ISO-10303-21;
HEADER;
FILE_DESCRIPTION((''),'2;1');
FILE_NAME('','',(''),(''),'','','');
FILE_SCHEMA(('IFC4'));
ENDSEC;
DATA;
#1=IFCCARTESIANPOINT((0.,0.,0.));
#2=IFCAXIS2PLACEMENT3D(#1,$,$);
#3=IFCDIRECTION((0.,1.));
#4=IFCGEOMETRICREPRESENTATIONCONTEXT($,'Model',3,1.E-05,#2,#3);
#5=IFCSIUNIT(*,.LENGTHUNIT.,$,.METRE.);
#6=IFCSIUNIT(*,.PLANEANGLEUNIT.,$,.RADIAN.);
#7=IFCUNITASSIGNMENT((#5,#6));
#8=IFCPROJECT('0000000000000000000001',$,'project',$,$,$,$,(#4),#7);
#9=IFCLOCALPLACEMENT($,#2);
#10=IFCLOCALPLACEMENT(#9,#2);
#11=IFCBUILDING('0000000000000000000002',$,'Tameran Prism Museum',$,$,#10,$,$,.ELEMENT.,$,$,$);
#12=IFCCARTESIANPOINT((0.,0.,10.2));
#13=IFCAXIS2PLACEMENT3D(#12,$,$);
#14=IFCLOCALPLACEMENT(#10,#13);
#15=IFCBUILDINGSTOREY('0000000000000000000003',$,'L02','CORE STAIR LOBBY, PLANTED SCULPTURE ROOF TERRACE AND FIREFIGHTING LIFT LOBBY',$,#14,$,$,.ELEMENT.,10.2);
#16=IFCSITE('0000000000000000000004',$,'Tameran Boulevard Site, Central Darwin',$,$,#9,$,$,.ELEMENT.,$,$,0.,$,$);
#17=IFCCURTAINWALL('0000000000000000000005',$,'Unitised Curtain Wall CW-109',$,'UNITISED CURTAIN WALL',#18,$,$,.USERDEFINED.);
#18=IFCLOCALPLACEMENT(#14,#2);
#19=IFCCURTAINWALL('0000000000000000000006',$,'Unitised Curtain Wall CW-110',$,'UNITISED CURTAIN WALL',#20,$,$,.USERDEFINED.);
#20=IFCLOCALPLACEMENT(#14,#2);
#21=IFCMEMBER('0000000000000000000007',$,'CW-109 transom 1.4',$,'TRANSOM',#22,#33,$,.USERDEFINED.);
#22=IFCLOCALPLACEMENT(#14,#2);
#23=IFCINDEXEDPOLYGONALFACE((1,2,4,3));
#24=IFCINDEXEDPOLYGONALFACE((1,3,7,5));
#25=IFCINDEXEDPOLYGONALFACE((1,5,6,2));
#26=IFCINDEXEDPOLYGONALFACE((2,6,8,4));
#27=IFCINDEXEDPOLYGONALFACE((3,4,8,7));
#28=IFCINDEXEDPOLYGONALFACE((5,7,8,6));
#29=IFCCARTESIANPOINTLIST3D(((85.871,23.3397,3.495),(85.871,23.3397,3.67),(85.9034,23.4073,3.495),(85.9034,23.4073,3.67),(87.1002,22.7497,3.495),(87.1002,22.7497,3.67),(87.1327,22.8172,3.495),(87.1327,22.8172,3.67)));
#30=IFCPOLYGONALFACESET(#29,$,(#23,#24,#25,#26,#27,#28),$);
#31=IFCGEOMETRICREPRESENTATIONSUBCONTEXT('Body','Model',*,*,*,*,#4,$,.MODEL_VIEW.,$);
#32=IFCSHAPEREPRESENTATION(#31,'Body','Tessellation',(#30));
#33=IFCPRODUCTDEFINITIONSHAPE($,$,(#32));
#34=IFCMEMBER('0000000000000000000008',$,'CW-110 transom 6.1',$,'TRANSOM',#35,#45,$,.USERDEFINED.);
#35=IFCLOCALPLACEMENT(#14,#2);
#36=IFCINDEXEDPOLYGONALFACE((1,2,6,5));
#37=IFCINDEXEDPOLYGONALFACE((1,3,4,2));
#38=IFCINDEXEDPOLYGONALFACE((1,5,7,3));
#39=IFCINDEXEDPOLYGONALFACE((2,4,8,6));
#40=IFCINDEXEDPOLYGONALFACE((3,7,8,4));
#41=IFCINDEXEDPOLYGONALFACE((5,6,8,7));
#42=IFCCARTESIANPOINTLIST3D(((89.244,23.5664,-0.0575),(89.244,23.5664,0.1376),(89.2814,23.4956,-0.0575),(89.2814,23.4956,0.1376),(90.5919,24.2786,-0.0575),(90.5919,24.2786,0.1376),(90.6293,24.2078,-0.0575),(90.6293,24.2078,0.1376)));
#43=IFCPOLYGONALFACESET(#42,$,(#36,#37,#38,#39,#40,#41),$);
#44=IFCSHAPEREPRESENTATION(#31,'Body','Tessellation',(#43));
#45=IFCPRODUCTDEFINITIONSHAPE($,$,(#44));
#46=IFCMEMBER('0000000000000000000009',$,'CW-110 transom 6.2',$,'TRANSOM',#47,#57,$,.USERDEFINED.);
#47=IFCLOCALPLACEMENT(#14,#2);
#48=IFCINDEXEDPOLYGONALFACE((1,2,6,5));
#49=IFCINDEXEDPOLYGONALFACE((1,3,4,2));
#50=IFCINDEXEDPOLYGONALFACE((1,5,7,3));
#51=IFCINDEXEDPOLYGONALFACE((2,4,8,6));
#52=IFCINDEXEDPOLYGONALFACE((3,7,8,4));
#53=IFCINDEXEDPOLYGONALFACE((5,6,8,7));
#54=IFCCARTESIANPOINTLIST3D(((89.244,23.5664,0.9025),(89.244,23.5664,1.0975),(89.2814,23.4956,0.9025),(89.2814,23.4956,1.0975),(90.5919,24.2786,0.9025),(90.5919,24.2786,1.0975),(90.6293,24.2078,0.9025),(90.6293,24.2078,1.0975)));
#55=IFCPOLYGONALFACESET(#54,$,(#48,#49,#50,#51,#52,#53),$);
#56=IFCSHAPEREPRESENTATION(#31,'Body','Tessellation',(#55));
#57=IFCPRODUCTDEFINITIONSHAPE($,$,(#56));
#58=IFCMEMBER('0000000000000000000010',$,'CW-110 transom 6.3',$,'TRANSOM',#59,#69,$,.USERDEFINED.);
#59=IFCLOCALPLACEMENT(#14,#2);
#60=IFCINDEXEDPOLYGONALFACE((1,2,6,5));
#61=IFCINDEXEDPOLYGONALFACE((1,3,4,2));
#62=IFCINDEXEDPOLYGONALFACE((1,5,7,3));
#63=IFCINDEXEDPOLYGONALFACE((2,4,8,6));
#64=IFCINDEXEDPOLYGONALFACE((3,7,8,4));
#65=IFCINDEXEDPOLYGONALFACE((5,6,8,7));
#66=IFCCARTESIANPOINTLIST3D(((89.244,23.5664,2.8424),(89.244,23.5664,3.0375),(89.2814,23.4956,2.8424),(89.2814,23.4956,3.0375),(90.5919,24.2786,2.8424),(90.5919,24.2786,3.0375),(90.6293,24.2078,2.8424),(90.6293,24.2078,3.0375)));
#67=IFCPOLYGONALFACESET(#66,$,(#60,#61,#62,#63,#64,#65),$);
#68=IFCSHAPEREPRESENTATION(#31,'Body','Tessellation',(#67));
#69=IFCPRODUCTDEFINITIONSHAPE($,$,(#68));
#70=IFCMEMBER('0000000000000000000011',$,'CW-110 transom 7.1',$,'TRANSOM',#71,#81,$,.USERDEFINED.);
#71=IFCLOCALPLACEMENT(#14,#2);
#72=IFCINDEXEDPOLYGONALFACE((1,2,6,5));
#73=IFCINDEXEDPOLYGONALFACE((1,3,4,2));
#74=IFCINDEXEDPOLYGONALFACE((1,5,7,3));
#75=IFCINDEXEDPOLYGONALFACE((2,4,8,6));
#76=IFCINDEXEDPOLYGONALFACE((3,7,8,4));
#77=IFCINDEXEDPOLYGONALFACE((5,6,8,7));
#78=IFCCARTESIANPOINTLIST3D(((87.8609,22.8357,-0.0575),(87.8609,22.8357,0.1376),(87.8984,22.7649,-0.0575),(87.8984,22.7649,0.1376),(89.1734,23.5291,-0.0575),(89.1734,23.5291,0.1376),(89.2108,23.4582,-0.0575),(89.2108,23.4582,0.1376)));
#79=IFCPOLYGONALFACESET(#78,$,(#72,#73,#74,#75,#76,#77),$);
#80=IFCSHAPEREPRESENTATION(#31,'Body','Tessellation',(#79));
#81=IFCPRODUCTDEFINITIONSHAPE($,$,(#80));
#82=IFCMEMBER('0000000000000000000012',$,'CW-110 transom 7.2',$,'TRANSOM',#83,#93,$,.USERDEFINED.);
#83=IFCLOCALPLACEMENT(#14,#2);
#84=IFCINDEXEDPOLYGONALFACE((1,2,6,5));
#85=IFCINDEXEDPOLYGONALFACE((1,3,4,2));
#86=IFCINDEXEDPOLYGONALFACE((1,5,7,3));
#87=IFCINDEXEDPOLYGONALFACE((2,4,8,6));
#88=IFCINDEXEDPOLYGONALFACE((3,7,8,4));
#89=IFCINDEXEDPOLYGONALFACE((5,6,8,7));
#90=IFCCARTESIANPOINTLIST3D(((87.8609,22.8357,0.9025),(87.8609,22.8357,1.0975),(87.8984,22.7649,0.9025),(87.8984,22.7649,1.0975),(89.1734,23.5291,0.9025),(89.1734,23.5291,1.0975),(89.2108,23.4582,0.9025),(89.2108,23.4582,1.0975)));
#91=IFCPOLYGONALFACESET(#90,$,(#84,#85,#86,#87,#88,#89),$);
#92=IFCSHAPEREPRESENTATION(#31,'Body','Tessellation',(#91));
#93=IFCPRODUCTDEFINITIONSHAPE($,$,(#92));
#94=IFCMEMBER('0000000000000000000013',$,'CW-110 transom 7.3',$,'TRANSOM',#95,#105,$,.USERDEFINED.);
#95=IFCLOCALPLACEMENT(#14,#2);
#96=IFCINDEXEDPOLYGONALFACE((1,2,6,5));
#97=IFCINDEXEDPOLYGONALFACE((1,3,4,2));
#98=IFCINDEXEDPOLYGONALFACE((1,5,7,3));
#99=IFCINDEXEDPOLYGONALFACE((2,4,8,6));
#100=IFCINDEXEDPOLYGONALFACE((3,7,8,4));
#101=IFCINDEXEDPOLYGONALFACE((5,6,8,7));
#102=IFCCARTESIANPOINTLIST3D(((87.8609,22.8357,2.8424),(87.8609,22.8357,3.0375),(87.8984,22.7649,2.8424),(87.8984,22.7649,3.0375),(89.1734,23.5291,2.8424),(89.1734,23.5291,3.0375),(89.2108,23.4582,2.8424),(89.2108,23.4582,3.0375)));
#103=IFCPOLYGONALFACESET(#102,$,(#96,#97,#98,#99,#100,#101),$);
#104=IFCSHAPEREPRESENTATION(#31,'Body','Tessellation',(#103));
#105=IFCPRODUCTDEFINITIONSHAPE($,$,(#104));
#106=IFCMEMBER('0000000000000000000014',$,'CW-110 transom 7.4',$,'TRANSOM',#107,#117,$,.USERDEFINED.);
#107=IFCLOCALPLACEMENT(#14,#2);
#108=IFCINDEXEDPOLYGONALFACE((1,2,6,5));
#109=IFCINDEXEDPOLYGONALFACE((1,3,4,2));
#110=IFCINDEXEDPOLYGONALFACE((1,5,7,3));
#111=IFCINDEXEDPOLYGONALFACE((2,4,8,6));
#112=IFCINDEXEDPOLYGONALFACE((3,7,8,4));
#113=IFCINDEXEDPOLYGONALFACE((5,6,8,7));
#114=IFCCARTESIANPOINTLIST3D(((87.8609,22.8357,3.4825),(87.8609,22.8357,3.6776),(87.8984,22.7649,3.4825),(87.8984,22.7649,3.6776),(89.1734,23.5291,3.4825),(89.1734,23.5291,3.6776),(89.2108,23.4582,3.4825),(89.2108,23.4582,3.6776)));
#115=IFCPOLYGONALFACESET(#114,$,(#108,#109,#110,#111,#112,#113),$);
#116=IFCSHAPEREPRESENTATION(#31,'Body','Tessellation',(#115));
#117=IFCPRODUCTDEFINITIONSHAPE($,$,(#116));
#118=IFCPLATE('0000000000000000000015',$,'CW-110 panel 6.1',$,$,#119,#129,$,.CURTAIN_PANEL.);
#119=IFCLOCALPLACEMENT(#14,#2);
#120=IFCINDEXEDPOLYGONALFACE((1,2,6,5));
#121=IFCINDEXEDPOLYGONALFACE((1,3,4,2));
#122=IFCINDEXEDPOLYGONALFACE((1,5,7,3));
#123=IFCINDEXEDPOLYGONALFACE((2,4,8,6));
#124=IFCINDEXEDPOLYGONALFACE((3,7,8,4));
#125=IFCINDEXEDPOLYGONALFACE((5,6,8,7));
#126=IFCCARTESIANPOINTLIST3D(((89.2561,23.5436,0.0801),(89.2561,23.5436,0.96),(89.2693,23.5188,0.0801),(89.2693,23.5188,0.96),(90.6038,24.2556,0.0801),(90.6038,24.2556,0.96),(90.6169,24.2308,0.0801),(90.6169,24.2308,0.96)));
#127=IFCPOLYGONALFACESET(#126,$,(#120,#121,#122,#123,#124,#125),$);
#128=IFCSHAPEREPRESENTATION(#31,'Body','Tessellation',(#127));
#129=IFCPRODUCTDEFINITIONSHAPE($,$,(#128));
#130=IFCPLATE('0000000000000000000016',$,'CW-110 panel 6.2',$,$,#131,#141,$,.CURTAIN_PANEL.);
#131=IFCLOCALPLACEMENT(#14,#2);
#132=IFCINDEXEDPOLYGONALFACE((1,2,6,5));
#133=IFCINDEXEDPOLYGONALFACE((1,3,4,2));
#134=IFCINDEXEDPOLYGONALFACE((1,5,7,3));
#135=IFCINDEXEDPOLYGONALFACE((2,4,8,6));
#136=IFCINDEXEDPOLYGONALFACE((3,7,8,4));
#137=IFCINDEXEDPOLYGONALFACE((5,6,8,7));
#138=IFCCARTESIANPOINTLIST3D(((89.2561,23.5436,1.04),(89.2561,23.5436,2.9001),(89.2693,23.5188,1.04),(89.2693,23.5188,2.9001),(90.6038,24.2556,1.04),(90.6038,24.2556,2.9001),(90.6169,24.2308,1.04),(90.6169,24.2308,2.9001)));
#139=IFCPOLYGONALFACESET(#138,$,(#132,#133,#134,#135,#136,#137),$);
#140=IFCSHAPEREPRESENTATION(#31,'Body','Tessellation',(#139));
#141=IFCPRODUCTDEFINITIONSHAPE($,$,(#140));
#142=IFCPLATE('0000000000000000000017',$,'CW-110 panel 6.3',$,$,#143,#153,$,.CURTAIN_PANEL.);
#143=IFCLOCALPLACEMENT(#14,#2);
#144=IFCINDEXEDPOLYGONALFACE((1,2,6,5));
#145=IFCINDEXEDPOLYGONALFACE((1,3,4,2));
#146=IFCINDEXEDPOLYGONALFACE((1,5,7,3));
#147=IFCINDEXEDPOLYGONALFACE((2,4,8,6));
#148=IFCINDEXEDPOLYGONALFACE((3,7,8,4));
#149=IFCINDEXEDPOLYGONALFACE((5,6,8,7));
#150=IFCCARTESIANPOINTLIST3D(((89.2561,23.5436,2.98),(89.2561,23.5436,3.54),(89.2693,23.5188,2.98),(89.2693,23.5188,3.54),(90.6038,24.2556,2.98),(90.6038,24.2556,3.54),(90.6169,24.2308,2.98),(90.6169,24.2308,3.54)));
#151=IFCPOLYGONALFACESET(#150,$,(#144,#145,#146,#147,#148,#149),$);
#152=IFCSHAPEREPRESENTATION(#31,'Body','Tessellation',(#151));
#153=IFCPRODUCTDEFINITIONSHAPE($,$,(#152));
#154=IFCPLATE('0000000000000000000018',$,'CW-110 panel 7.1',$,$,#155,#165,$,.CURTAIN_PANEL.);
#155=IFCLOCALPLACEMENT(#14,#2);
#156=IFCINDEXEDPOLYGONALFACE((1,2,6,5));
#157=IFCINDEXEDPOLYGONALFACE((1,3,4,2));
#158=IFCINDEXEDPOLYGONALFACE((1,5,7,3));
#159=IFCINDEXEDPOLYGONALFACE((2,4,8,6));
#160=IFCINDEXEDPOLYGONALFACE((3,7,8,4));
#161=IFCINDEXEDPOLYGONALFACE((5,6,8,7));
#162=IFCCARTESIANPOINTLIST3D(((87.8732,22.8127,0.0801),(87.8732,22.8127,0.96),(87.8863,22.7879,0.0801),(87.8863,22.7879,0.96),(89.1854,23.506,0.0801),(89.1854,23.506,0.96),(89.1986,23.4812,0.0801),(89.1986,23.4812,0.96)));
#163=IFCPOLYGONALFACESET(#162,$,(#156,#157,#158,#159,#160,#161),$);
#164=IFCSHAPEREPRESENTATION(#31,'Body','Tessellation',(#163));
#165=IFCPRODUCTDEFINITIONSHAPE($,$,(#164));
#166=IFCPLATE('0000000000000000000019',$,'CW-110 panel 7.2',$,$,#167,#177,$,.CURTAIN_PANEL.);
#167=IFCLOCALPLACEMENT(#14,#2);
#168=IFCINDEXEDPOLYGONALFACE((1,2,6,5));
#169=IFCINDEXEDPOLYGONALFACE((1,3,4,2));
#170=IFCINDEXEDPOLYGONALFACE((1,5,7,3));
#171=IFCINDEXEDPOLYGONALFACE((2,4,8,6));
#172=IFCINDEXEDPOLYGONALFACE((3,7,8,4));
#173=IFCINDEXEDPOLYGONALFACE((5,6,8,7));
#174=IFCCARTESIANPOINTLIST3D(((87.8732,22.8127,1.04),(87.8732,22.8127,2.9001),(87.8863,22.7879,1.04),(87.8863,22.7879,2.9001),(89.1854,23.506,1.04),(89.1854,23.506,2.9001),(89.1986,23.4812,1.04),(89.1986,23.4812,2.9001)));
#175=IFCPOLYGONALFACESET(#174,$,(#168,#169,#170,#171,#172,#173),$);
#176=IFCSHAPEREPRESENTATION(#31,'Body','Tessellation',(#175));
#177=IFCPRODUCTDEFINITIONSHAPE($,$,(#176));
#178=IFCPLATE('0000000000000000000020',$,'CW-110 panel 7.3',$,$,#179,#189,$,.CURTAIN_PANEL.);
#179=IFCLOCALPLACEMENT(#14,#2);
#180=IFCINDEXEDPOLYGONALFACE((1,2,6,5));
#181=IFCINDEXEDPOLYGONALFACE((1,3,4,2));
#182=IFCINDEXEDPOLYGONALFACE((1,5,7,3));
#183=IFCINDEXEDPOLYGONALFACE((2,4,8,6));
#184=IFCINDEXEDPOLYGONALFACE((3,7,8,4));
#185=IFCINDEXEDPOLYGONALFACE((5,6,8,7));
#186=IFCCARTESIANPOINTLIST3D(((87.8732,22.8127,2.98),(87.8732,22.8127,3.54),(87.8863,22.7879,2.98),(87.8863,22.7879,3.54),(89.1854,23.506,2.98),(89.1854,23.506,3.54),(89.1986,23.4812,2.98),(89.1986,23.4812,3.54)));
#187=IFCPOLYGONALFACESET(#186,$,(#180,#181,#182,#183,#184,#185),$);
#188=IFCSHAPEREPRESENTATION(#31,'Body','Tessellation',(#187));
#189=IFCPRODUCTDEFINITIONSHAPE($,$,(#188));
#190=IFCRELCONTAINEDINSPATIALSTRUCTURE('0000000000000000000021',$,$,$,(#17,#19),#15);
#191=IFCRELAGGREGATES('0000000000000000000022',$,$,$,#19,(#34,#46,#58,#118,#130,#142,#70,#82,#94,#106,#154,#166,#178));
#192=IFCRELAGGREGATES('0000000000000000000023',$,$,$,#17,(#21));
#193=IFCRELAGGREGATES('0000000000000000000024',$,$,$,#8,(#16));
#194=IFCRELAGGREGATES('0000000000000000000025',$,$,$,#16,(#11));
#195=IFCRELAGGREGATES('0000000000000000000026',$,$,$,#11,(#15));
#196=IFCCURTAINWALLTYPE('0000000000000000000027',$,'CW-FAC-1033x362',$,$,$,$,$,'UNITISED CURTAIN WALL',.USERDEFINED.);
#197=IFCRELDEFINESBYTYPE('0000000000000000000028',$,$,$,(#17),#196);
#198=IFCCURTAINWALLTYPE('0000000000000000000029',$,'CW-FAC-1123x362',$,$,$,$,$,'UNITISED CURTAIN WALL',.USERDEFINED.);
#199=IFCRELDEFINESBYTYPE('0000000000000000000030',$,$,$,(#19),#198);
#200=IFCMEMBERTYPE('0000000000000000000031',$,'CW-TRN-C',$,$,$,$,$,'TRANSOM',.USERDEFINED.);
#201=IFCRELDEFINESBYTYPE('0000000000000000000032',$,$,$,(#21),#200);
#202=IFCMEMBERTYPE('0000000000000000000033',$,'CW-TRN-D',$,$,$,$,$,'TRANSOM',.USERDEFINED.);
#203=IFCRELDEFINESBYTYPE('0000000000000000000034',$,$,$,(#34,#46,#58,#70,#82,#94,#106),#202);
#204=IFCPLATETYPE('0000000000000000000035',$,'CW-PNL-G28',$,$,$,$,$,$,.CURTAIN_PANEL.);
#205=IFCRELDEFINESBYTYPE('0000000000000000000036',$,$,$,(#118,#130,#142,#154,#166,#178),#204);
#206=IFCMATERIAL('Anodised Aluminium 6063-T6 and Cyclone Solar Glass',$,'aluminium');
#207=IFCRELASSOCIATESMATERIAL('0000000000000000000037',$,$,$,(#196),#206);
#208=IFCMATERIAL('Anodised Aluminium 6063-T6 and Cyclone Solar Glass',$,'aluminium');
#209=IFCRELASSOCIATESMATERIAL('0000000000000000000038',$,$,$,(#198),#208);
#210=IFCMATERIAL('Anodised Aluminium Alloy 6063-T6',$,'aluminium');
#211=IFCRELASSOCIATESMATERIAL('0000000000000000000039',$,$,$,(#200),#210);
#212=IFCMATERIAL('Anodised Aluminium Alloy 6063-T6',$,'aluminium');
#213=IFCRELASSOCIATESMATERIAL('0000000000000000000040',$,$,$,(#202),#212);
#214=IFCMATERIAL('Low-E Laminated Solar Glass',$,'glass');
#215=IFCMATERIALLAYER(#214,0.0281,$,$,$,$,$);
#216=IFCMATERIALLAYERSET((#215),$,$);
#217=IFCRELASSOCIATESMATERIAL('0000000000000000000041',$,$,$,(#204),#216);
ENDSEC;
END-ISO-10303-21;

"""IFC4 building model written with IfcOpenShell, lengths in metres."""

from ifc_helpers import new_model, si_unit, direction, frame, origin, origin_2d, place, context, subcontext, project, spatial, rectangle, extrude, material, layer, layer_set, material_profile, profile_set, type_object, element, aggregate, save


model = new_model("IFC4")

# Units and contexts
model_context = context("Model", 3, precision=1e-05, world=origin(), true_north=direction((0.0, 1.0)))
body_context = subcontext(model_context, "Body", "Model", "MODEL_VIEW")
ifc_project = project(units=[si_unit("LENGTHUNIT", "METRE"), si_unit("PLANEANGLEUNIT", "RADIAN")], contexts=[model_context])

# Site, building, storey
site_placement = place(None, origin())
site = spatial("IfcSite", under=ifc_project, at=site_placement, Name="Tameran Boulevard Site, Central Darwin", CompositionType="ELEMENT", RefElevation=0.0)
building_placement = place(site_placement, origin())
building = spatial("IfcBuilding", under=site, at=building_placement, Name="Tameran Prism Museum", CompositionType="ELEMENT")
storey_placement = place(building_placement, frame((0.0, 0.0, 10.2)))
storey = spatial("IfcBuildingStorey", under=building, at=storey_placement, Name="L02", Description="CORE STAIR LOBBY, PLANTED SCULPTURE ROOF TERRACE AND FIREFIGHTING LIFT LOBBY", CompositionType="ELEMENT", Elevation=10.2)

# Curtain wall
ifc_material_1 = material(Name="Anodised Aluminium 6063-T6 and Cyclone Solar Glass", Category="aluminium")
curtain_wall_type_1 = type_object("IfcCurtainWallType", Name="CW-FAC-1033x362", ElementType="UNITISED CURTAIN WALL", PredefinedType="USERDEFINED", material=ifc_material_1)
curtain_wall_1_placement = place(storey_placement, origin())
curtain_wall_1 = element("IfcCurtainWall", 1, at=curtain_wall_1_placement, inside=storey, type_object=curtain_wall_type_1, Name="Unitised Curtain Wall CW-109", ObjectType="UNITISED CURTAIN WALL", PredefinedType="USERDEFINED")

# Curtain wall
ifc_material_2 = material(Name="Anodised Aluminium 6063-T6 and Cyclone Solar Glass", Category="aluminium")
curtain_wall_type_2 = type_object("IfcCurtainWallType", Name="CW-FAC-1123x362", ElementType="UNITISED CURTAIN WALL", PredefinedType="USERDEFINED", material=ifc_material_2)
curtain_wall_2_placement = place(storey_placement, origin())
curtain_wall_2 = element("IfcCurtainWall", 2, at=curtain_wall_2_placement, inside=storey, type_object=curtain_wall_type_2, Name="Unitised Curtain Wall CW-110", ObjectType="UNITISED CURTAIN WALL", PredefinedType="USERDEFINED")

# Members
ifc_material_3 = material(Name="Anodised Aluminium Alloy 6063-T6", Category="aluminium")
ifc_material_profile_1 = material_profile(ifc_material_3, rectangle(XDim=0.075, YDim=0.175, at=origin_2d()))
ifc_profile_set_1 = profile_set([ifc_material_profile_1])
member_type_1 = type_object("IfcMemberType", Name="CW-TRN-C", ElementType="TRANSOM", PredefinedType="USERDEFINED", material=ifc_profile_set_1)
member_1_placement = place(storey_placement, frame((87.1165, 22.7834, 3.5825), z_axis=(-0.901509, 0.43276, 0.0), x_axis=(-0.43276, -0.901509, 0.0)))
member_1 = element("IfcMember", 3, at=member_1_placement, type_object=member_type_1, Name="CW-109 transom 1.4", ObjectType="TRANSOM", PredefinedType="USERDEFINED", context=body_context, shape_type="SweptSolid", body=[
    extrude(rectangle(XDim=0.075, YDim=0.175, at=origin_2d()), origin(), (0.0, 0.0, 1.0), 1.3635),
])
ifc_material_4 = material(Name="Anodised Aluminium Alloy 6063-T6", Category="aluminium")
ifc_material_profile_2 = material_profile(ifc_material_4, rectangle(XDim=0.0801, YDim=0.1951, at=origin_2d()))
ifc_profile_set_2 = profile_set([ifc_material_profile_2])
member_type_2 = type_object("IfcMemberType", Name="CW-TRN-D", ElementType="TRANSOM", PredefinedType="USERDEFINED", material=ifc_profile_set_2)
member_2_placement = place(storey_placement, frame((90.6106, 24.2432, 0.04), z_axis=(-0.884177, -0.467152, 0.0), x_axis=(0.467152, -0.884177, 0.0)))
member_2 = element("IfcMember", 4, at=member_2_placement, type_object=member_type_2, Name="CW-110 transom 6.1", ObjectType="TRANSOM", PredefinedType="USERDEFINED", context=body_context, shape_type="SweptSolid", body=[
    extrude(rectangle(XDim=0.0801, YDim=0.1951, at=origin_2d()), origin(), (0.0, 0.0, 1.0), 1.5244),
])
member_3_placement = place(storey_placement, frame((90.6106, 24.2432, 1.0), z_axis=(-0.884177, -0.467152, 0.0), x_axis=(0.467152, -0.884177, 0.0)))
member_3 = element("IfcMember", 5, at=member_3_placement, type_object=member_type_2, Name="CW-110 transom 6.2", ObjectType="TRANSOM", PredefinedType="USERDEFINED", context=body_context, shape_type="SweptSolid", body=[
    extrude(rectangle(XDim=0.0801, YDim=0.1951, at=origin_2d()), origin(), (0.0, 0.0, 1.0), 1.5244),
])
member_4_placement = place(storey_placement, frame((90.6106, 24.2432, 2.9399), z_axis=(-0.884177, -0.467152, 0.0), x_axis=(0.467152, -0.884177, 0.0)))
member_4 = element("IfcMember", 6, at=member_4_placement, type_object=member_type_2, Name="CW-110 transom 6.3", ObjectType="TRANSOM", PredefinedType="USERDEFINED", context=body_context, shape_type="SweptSolid", body=[
    extrude(rectangle(XDim=0.0801, YDim=0.1951, at=origin_2d()), origin(), (0.0, 0.0, 1.0), 1.5244),
])
member_5_placement = place(storey_placement, frame((89.1921, 23.4937, 0.04), z_axis=(-0.884204, -0.467102, 0.0), x_axis=(0.467102, -0.884204, 0.0)))
member_5 = element("IfcMember", 7, at=member_5_placement, type_object=member_type_2, Name="CW-110 transom 7.1", ObjectType="TRANSOM", PredefinedType="USERDEFINED", context=body_context, shape_type="SweptSolid", body=[
    extrude(rectangle(XDim=0.0801, YDim=0.1951, at=origin_2d()), origin(), (0.0, 0.0, 1.0), 1.4844),
])
member_6_placement = place(storey_placement, frame((89.1921, 23.4937, 1.0), z_axis=(-0.884204, -0.467102, 0.0), x_axis=(0.467102, -0.884204, 0.0)))
member_6 = element("IfcMember", 8, at=member_6_placement, type_object=member_type_2, Name="CW-110 transom 7.2", ObjectType="TRANSOM", PredefinedType="USERDEFINED", context=body_context, shape_type="SweptSolid", body=[
    extrude(rectangle(XDim=0.0801, YDim=0.1951, at=origin_2d()), origin(), (0.0, 0.0, 1.0), 1.4844),
])
member_7_placement = place(storey_placement, frame((89.1921, 23.4937, 2.9399), z_axis=(-0.884204, -0.467102, 0.0), x_axis=(0.467102, -0.884204, 0.0)))
member_7 = element("IfcMember", 9, at=member_7_placement, type_object=member_type_2, Name="CW-110 transom 7.3", ObjectType="TRANSOM", PredefinedType="USERDEFINED", context=body_context, shape_type="SweptSolid", body=[
    extrude(rectangle(XDim=0.0801, YDim=0.1951, at=origin_2d()), origin(), (0.0, 0.0, 1.0), 1.4844),
])
member_8_placement = place(storey_placement, frame((89.1921, 23.4937, 3.5801), z_axis=(-0.884204, -0.467102, 0.0), x_axis=(0.467102, -0.884204, 0.0)))
member_8 = element("IfcMember", 10, at=member_8_placement, type_object=member_type_2, Name="CW-110 transom 7.4", ObjectType="TRANSOM", PredefinedType="USERDEFINED", context=body_context, shape_type="SweptSolid", body=[
    extrude(rectangle(XDim=0.0801, YDim=0.1951, at=origin_2d()), origin(), (0.0, 0.0, 1.0), 1.4844),
])

# Plates
ifc_material_5 = material(Name="Low-E Laminated Solar Glass", Category="glass")
ifc_layer_1 = layer(ifc_material_5, 0.0281)
ifc_layer_set_1 = layer_set([ifc_layer_1])
plate_type_1 = type_object("IfcPlateType", Name="CW-PNL-G28", PredefinedType="CURTAIN_PANEL", material=ifc_layer_set_1)
plate_1_placement = place(storey_placement, frame((89.9365, 23.8872, 0.0801), z_axis=(0.0, 0.0, 1.0), x_axis=(-0.884175, -0.467155, 0.0)))
plate_1 = element("IfcPlate", 11, at=plate_1_placement, type_object=plate_type_1, Name="CW-110 panel 6.1", PredefinedType="CURTAIN_PANEL", context=body_context, shape_type="SweptSolid", body=[
    extrude(rectangle(XDim=1.5242, YDim=0.0281, at=origin_2d()), origin(), (0.0, 0.0, 1.0), 0.8799),
])
plate_2_placement = place(storey_placement, frame((89.9365, 23.8872, 1.04), z_axis=(0.0, 0.0, 1.0), x_axis=(-0.884175, -0.467155, 0.0)))
plate_2 = element("IfcPlate", 12, at=plate_2_placement, type_object=plate_type_1, Name="CW-110 panel 6.2", PredefinedType="CURTAIN_PANEL", context=body_context, shape_type="SweptSolid", body=[
    extrude(rectangle(XDim=1.5242, YDim=0.0281, at=origin_2d()), origin(), (0.0, 0.0, 1.0), 1.8601),
])
plate_3_placement = place(storey_placement, frame((89.9365, 23.8872, 2.98), z_axis=(0.0, 0.0, 1.0), x_axis=(-0.884175, -0.467155, 0.0)))
plate_3 = element("IfcPlate", 13, at=plate_3_placement, type_object=plate_type_1, Name="CW-110 panel 6.3", PredefinedType="CURTAIN_PANEL", context=body_context, shape_type="SweptSolid", body=[
    extrude(rectangle(XDim=1.5242, YDim=0.0281, at=origin_2d()), origin(), (0.0, 0.0, 1.0), 0.5601),
])
plate_4_placement = place(storey_placement, frame((88.5359, 23.147, 0.0801), z_axis=(0.0, 0.0, 1.0), x_axis=(-0.884175, -0.467155, 0.0)))
plate_4 = element("IfcPlate", 14, at=plate_4_placement, type_object=plate_type_1, Name="CW-110 panel 7.1", PredefinedType="CURTAIN_PANEL", context=body_context, shape_type="SweptSolid", body=[
    extrude(rectangle(XDim=1.4841, YDim=0.0281, at=origin_2d()), origin(), (0.0, 0.0, 1.0), 0.8799),
])
plate_5_placement = place(storey_placement, frame((88.5359, 23.147, 1.04), z_axis=(0.0, 0.0, 1.0), x_axis=(-0.884175, -0.467155, 0.0)))
plate_5 = element("IfcPlate", 15, at=plate_5_placement, type_object=plate_type_1, Name="CW-110 panel 7.2", PredefinedType="CURTAIN_PANEL", context=body_context, shape_type="SweptSolid", body=[
    extrude(rectangle(XDim=1.4841, YDim=0.0281, at=origin_2d()), origin(), (0.0, 0.0, 1.0), 1.8601),
])
plate_6_placement = place(storey_placement, frame((88.5359, 23.147, 2.98), z_axis=(0.0, 0.0, 1.0), x_axis=(-0.884175, -0.467155, 0.0)))
plate_6 = element("IfcPlate", 16, at=plate_6_placement, type_object=plate_type_1, Name="CW-110 panel 7.3", PredefinedType="CURTAIN_PANEL", context=body_context, shape_type="SweptSolid", body=[
    extrude(rectangle(XDim=1.4841, YDim=0.0281, at=origin_2d()), origin(), (0.0, 0.0, 1.0), 0.5601),
])
aggregate(curtain_wall_2, [member_2, member_3, member_4, plate_1, plate_2, plate_3, member_5, member_6, member_7, member_8, plate_4, plate_5, plate_6])
aggregate(curtain_wall_1, [member_1])

save(model, "model.ifc")
